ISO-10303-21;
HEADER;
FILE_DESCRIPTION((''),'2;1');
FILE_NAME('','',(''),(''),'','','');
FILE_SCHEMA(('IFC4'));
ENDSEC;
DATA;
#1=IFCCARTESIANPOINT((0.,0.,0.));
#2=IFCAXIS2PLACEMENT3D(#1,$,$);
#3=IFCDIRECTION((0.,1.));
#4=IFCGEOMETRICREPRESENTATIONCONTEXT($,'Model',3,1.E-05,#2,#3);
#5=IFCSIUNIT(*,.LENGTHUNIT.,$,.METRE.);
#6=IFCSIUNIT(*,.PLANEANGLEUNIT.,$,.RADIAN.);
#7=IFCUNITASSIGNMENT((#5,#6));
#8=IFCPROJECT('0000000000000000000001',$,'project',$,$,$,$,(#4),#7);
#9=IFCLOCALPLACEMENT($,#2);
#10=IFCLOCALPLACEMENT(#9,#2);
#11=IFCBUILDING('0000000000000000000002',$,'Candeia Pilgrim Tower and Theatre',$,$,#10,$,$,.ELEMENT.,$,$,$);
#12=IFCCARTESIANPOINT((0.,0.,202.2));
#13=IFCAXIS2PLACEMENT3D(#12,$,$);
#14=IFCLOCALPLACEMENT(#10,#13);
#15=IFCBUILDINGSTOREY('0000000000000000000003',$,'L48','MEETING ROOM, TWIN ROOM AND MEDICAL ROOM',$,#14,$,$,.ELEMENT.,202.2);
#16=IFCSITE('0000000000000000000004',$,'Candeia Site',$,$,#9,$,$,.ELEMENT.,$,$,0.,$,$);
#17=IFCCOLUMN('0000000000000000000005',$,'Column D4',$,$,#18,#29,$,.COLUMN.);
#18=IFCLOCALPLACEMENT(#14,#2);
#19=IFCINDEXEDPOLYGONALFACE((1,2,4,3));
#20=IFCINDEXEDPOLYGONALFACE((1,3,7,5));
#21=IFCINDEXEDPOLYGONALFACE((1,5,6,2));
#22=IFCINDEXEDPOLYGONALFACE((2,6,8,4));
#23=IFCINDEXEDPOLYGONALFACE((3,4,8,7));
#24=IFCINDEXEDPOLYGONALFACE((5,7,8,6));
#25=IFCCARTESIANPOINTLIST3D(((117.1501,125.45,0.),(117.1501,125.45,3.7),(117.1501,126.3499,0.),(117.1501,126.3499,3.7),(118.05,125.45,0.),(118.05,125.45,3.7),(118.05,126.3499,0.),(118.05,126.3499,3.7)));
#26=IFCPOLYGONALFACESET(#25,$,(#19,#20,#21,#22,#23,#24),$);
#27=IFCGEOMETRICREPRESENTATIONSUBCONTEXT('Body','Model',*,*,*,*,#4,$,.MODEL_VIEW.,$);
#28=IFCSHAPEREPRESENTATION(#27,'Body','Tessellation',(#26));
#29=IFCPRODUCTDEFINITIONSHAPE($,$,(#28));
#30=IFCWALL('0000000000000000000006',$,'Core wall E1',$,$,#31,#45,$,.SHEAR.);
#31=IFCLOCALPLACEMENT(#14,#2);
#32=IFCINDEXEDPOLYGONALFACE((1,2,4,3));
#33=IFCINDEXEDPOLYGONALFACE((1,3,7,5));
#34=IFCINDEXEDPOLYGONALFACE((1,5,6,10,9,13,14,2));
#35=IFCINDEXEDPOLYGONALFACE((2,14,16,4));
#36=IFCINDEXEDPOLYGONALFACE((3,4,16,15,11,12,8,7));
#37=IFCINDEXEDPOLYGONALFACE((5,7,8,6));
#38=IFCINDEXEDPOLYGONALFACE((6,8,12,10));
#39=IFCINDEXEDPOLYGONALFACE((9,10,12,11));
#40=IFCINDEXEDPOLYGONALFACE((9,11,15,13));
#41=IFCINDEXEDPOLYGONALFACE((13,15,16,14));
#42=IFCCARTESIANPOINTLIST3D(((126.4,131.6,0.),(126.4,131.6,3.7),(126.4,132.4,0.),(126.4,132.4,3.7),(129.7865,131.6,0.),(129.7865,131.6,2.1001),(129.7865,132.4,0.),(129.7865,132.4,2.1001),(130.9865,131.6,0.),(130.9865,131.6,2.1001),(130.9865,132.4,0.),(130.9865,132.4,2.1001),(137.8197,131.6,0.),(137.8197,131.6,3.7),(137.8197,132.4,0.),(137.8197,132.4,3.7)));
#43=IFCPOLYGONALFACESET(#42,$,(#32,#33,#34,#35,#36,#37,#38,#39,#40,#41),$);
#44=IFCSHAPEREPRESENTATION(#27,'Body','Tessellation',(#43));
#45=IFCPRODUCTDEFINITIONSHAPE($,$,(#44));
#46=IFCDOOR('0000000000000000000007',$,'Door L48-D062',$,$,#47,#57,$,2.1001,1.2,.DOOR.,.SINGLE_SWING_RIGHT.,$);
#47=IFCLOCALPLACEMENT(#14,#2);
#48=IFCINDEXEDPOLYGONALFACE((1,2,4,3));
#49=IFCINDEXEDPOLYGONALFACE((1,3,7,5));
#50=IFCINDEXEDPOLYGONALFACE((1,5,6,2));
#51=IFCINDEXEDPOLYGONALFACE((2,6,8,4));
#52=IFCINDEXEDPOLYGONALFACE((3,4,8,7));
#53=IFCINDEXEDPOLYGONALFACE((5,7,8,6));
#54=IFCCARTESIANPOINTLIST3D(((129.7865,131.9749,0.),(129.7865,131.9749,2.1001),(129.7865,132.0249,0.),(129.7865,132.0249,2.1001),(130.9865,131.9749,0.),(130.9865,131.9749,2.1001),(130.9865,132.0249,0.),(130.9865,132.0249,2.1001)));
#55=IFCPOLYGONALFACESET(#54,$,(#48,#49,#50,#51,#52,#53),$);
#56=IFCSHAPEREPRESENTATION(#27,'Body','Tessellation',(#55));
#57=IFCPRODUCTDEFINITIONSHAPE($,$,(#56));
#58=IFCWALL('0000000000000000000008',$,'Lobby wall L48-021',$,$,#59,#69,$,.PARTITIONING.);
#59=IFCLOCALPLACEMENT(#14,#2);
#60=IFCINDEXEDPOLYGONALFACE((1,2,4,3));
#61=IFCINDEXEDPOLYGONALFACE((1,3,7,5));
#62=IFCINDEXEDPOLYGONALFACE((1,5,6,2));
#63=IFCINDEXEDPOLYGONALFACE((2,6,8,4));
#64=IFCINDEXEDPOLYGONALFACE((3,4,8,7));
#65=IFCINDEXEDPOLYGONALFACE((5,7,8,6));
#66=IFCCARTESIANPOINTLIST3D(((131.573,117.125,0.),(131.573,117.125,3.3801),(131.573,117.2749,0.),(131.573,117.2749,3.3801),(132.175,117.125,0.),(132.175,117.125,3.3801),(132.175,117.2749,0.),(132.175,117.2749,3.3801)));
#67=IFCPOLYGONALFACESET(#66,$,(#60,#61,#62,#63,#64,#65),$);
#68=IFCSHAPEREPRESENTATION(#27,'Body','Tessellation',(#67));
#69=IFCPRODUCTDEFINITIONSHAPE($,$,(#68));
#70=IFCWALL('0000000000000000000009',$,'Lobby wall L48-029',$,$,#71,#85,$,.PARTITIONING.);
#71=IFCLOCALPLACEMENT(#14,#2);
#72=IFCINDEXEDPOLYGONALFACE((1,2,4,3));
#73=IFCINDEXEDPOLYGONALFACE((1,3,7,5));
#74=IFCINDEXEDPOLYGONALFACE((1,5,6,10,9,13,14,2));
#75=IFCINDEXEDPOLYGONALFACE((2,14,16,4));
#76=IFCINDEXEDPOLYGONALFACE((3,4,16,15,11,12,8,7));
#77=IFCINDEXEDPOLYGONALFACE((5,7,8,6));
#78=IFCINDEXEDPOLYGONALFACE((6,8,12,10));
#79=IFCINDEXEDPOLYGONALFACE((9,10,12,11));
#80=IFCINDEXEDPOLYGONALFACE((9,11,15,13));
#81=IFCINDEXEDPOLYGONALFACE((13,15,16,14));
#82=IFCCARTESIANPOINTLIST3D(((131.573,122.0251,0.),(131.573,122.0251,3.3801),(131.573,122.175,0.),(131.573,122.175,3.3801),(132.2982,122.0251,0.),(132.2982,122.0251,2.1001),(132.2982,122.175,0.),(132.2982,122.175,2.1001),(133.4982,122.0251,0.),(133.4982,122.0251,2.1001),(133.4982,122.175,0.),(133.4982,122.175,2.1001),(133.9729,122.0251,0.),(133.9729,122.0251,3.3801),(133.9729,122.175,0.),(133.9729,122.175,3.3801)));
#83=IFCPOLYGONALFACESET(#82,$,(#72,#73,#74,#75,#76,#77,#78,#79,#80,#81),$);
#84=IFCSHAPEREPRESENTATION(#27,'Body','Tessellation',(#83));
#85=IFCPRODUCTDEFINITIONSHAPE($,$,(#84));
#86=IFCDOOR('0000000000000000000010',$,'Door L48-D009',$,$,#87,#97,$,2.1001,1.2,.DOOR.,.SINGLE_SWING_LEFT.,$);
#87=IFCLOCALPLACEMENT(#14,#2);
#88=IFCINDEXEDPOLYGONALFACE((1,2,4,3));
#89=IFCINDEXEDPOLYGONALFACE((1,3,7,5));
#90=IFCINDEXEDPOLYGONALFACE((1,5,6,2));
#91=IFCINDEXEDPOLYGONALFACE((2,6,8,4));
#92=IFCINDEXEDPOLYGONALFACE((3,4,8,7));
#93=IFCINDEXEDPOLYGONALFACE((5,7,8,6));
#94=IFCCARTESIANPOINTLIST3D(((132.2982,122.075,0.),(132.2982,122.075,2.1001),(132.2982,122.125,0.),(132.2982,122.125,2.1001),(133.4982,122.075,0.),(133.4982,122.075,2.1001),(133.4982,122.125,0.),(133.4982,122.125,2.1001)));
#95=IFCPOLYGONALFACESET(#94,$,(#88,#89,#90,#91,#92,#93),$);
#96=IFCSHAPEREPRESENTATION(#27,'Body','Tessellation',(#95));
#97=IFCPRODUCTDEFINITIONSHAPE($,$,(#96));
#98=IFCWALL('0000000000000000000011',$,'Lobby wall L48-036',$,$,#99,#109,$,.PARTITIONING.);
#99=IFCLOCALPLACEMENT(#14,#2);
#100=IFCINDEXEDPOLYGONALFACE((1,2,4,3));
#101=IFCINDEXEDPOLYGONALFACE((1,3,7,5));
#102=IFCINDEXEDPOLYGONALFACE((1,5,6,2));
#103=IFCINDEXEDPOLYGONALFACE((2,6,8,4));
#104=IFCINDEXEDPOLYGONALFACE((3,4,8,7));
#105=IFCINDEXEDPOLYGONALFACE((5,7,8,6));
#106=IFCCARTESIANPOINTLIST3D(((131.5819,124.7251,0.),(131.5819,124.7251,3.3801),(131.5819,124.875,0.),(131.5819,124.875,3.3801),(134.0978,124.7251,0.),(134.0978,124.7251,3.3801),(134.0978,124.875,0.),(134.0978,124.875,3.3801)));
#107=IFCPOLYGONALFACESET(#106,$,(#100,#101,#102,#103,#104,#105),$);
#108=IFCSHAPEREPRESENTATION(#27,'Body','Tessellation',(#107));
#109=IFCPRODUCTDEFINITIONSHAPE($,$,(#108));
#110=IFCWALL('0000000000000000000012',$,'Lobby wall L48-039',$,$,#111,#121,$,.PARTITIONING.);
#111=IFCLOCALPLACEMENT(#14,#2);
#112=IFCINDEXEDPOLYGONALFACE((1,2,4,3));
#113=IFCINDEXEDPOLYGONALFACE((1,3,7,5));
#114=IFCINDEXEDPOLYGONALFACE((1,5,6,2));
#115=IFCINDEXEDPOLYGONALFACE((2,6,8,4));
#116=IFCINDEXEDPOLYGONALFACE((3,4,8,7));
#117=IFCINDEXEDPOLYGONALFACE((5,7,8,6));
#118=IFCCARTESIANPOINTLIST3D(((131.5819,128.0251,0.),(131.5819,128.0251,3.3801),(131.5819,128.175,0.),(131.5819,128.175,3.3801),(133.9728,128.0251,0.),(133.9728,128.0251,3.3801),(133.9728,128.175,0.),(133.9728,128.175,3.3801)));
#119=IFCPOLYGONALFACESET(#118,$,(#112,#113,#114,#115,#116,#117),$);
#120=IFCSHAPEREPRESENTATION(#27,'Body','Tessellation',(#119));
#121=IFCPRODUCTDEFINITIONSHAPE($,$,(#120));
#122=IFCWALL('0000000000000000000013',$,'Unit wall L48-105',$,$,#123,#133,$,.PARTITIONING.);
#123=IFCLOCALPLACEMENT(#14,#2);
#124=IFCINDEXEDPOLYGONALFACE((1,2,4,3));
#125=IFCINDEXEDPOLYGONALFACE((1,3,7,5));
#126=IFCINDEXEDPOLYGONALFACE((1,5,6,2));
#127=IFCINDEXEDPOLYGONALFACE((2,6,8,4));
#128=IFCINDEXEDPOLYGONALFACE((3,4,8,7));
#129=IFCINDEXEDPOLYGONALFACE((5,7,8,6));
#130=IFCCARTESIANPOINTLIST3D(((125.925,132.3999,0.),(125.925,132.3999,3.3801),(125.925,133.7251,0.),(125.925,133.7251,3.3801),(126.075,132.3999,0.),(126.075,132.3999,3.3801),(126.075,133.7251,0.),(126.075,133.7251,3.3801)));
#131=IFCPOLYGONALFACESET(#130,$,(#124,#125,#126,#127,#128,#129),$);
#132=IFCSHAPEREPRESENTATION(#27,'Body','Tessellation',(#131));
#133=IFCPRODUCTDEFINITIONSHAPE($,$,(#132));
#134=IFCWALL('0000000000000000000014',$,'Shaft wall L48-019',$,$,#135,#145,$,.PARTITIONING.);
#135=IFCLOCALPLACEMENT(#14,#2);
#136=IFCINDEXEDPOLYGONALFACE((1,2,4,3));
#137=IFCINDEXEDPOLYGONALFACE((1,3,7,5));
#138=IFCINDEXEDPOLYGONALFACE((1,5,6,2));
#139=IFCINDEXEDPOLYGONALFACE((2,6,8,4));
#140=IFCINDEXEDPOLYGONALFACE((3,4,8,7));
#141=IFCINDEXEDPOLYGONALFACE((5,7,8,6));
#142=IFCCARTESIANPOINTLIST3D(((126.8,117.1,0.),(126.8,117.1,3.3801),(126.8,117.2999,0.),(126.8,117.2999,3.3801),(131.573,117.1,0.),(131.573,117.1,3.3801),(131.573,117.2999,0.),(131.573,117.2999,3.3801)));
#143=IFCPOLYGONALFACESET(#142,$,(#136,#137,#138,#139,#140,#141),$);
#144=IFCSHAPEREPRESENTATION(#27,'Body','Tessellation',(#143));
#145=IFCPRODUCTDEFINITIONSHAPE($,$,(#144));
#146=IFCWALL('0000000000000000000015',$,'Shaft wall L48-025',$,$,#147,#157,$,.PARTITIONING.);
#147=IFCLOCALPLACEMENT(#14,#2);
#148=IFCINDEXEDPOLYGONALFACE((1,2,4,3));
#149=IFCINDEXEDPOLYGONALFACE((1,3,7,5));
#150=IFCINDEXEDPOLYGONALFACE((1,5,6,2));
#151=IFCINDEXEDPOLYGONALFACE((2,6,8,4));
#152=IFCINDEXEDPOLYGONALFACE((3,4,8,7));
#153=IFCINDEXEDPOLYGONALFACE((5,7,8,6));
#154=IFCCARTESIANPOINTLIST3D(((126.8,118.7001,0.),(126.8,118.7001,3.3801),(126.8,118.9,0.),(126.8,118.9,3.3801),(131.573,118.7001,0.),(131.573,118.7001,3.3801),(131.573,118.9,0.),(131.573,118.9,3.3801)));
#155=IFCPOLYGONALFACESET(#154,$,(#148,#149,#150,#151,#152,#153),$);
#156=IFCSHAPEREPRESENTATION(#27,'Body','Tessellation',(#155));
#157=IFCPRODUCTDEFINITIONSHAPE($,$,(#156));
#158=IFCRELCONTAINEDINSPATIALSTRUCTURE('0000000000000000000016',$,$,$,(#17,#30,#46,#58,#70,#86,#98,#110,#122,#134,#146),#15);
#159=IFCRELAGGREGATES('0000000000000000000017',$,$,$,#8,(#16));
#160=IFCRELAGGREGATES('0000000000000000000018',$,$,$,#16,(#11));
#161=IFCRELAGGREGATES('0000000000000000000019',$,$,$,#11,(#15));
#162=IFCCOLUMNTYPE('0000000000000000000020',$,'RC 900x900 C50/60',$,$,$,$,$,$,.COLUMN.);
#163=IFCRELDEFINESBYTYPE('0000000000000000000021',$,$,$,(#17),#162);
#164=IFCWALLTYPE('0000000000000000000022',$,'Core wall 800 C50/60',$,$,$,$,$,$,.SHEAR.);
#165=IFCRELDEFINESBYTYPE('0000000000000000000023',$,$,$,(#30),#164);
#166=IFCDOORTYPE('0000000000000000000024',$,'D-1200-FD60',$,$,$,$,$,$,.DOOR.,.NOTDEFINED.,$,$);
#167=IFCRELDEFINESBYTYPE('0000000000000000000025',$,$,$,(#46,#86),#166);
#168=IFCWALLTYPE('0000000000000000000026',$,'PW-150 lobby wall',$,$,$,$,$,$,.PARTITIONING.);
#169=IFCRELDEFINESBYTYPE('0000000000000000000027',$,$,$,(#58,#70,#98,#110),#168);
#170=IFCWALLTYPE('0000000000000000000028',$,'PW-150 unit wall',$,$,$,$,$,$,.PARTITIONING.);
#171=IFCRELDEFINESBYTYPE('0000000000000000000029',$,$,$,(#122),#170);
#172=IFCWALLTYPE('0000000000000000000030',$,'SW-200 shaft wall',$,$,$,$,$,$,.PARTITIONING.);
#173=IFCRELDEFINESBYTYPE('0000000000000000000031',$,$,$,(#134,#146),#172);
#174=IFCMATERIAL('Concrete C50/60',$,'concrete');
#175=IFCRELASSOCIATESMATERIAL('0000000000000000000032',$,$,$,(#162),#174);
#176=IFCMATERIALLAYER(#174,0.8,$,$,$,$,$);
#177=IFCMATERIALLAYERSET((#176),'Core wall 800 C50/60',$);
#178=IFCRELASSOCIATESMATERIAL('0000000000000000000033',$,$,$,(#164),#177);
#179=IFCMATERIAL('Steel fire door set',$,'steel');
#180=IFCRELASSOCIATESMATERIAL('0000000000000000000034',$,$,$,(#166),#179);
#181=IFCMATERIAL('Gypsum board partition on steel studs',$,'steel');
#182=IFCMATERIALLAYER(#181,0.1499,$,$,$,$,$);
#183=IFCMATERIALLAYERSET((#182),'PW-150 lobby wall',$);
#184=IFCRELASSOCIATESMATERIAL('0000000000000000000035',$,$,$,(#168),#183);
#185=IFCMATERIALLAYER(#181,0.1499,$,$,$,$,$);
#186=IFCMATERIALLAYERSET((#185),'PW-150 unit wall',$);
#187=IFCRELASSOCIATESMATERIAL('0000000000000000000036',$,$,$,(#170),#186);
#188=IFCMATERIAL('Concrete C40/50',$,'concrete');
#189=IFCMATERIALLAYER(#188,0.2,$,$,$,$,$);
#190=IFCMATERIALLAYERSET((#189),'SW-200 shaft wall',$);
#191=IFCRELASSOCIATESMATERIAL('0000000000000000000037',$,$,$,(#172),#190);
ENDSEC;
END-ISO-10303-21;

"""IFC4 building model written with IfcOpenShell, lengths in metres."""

from ifc_helpers import new_model, si_unit, direction, frame, frame_2d, origin, origin_2d, place, context, subcontext, project, spatial, rectangle, extrude, material, layer, layer_set, material_profile, profile_set, type_object, element, fill, save


model = new_model("IFC4")

# Units and contexts
model_context = context("Model", 3, precision=1e-05, world=origin(), true_north=direction((0.0, 1.0)))
body_context = subcontext(model_context, "Body", "Model", "MODEL_VIEW")
ifc_project = project(units=[si_unit("LENGTHUNIT", "METRE"), si_unit("PLANEANGLEUNIT", "RADIAN")], contexts=[model_context])

# Site, building, storey
site_placement = place(None, origin())
site = spatial("IfcSite", under=ifc_project, at=site_placement, Name="Candeia Site", CompositionType="ELEMENT", RefElevation=0.0)
building_placement = place(site_placement, origin())
building = spatial("IfcBuilding", under=site, at=building_placement, Name="Candeia Pilgrim Tower and Theatre", CompositionType="ELEMENT")
storey_placement = place(building_placement, frame((0.0, 0.0, 202.2)))
storey = spatial("IfcBuildingStorey", under=building, at=storey_placement, Name="L48", Description="MEETING ROOM, TWIN ROOM AND MEDICAL ROOM", CompositionType="ELEMENT", Elevation=202.2)

# Column
ifc_material_1 = material(Name="Concrete C50/60", Category="concrete")
ifc_material_profile = material_profile(ifc_material_1, rectangle(XDim=0.8999, YDim=0.8999, at=origin_2d()))
ifc_profile_set = profile_set([ifc_material_profile], Name="Concrete C50/60")
column_type = type_object("IfcColumnType", Name="RC 900x900 C50/60", PredefinedType="COLUMN", material=ifc_profile_set)
column_placement = place(storey_placement, frame((117.6001, 125.8999, 0.0), z_axis=(0.0, 0.0, 1.0), x_axis=(1.0, 0.0, 0.0)))
element("IfcColumn", 1, at=column_placement, inside=storey, type_object=column_type, Name="Column D4", PredefinedType="COLUMN", context=body_context, shape_type="SweptSolid", body=[
    extrude(rectangle(XDim=0.8999, YDim=0.8999, at=origin_2d()), origin(), (0.0, 0.0, 1.0), 3.7),
])

# Wall, opening, door
ifc_layer_1 = layer(ifc_material_1, 0.8)
ifc_layer_set_1 = layer_set([ifc_layer_1], Name="Core wall 800 C50/60")
wall_type_1 = type_object("IfcWallType", Name="Core wall 800 C50/60", PredefinedType="SHEAR", material=ifc_layer_set_1)
wall_1_placement = place(storey_placement, frame((126.3999, 132.0, 0.0), z_axis=(0.0, 0.0, 1.0), x_axis=(1.0, 0.0, 0.0)))
wall_1 = element("IfcWall", 2, at=wall_1_placement, inside=storey, type_object=wall_type_1, Name="Core wall E1", PredefinedType="SHEAR", context=body_context, shape_type="SweptSolid", body=[
    extrude(rectangle(XDim=11.4197, YDim=0.8, at=frame_2d((5.71, 0.0))), origin(), (0.0, 0.0, 1.0), 3.7),
])
opening_1_placement = place(wall_1_placement, frame((3.3865, 0.0, 0.0)))
opening_1 = element("IfcOpeningElement", 3, at=opening_1_placement, cuts=wall_1, PredefinedType="OPENING", context=body_context, shape_type="SweptSolid", body=[
    extrude(rectangle(XDim=1.2, YDim=2.1001, at=frame_2d((0.6001, 1.05))), frame((0.0, 0.4102, 0.0), z_axis=(0.0, -1.0, 0.0), x_axis=(1.0, 0.0, 0.0)), (0.0, 0.0, 1.0), 0.8201),
])
ifc_material_2 = material(Name="Steel fire door set", Category="steel")
door_type_1 = type_object("IfcDoorType", Name="D-1200-FD60", OperationType="NOTDEFINED", PredefinedType="DOOR", material=ifc_material_2)
door_1_placement = place(opening_1_placement, origin())
door_1 = element("IfcDoor", 4, at=door_1_placement, inside=storey, type_object=door_type_1, Name="Door L48-D062", OperationType="SINGLE_SWING_RIGHT", OverallHeight=2.1001, OverallWidth=1.2, PredefinedType="DOOR", context=body_context, shape_type="SweptSolid", body=[
    extrude(rectangle(XDim=1.2, YDim=2.1001, at=frame_2d((0.6001, 1.05))), frame((0.0, 0.0249, 0.0), z_axis=(0.0, -1.0, 0.0), x_axis=(1.0, 0.0, 0.0)), (0.0, 0.0, 1.0), 0.05),
])
fill(opening_1, door_1)

# Wall
ifc_material_3 = material(Name="Gypsum board partition on steel studs", Category="steel")
ifc_layer_2 = layer(ifc_material_3, 0.1499)
ifc_layer_set_2 = layer_set([ifc_layer_2], Name="PW-150 lobby wall")
wall_type_2 = type_object("IfcWallType", Name="PW-150 lobby wall", PredefinedType="PARTITIONING", material=ifc_layer_set_2)
wall_2_placement = place(storey_placement, frame((131.573, 117.2, 0.0), z_axis=(0.0, 0.0, 1.0), x_axis=(1.0, 0.0, 0.0)))
element("IfcWall", 5, at=wall_2_placement, inside=storey, type_object=wall_type_2, Name="Lobby wall L48-021", PredefinedType="PARTITIONING", context=body_context, shape_type="SweptSolid", body=[
    extrude(rectangle(XDim=0.6021, YDim=0.1499, at=frame_2d((0.301, 0.0))), origin(), (0.0, 0.0, 1.0), 3.3801),
])

# Wall, opening, door
wall_3_placement = place(storey_placement, frame((131.573, 122.1001, 0.0), z_axis=(0.0, 0.0, 1.0), x_axis=(1.0, 0.0, 0.0)))
wall_3 = element("IfcWall", 6, at=wall_3_placement, inside=storey, type_object=wall_type_2, Name="Lobby wall L48-029", PredefinedType="PARTITIONING", context=body_context, shape_type="SweptSolid", body=[
    extrude(rectangle(XDim=2.3999, YDim=0.1499, at=frame_2d((1.2, 0.0))), origin(), (0.0, 0.0, 1.0), 3.3801),
])
opening_2_placement = place(wall_3_placement, frame((0.7251, 0.0, 0.0)))
opening_2 = element("IfcOpeningElement", 7, at=opening_2_placement, cuts=wall_3, PredefinedType="OPENING", context=body_context, shape_type="SweptSolid", body=[
    extrude(rectangle(XDim=1.2, YDim=2.1001, at=frame_2d((0.6001, 1.05))), frame((0.0, 0.085, 0.0), z_axis=(0.0, -1.0, 0.0), x_axis=(1.0, 0.0, 0.0)), (0.0, 0.0, 1.0), 0.1699),
])
door_2_placement = place(opening_2_placement, origin())
door_2 = element("IfcDoor", 8, at=door_2_placement, inside=storey, type_object=door_type_1, Name="Door L48-D009", OperationType="SINGLE_SWING_LEFT", OverallHeight=2.1001, OverallWidth=1.2, PredefinedType="DOOR", context=body_context, shape_type="SweptSolid", body=[
    extrude(rectangle(XDim=1.2, YDim=2.1001, at=frame_2d((0.6001, 1.05))), frame((0.0, 0.0249, 0.0), z_axis=(0.0, -1.0, 0.0), x_axis=(1.0, 0.0, 0.0)), (0.0, 0.0, 1.0), 0.05),
])
fill(opening_2, door_2)

# Walls
wall_4_placement = place(storey_placement, frame((131.582, 124.8, 0.0), z_axis=(0.0, 0.0, 1.0), x_axis=(1.0, 0.0, 0.0)))
element("IfcWall", 9, at=wall_4_placement, inside=storey, type_object=wall_type_2, Name="Lobby wall L48-036", PredefinedType="PARTITIONING", context=body_context, shape_type="SweptSolid", body=[
    extrude(rectangle(XDim=2.5159, YDim=0.1499, at=frame_2d((1.2578, 0.0))), origin(), (0.0, 0.0, 1.0), 3.3801),
])
wall_5_placement = place(storey_placement, frame((131.582, 128.1001, 0.0), z_axis=(0.0, 0.0, 1.0), x_axis=(1.0, 0.0, 0.0)))
element("IfcWall", 10, at=wall_5_placement, inside=storey, type_object=wall_type_2, Name="Lobby wall L48-039", PredefinedType="PARTITIONING", context=body_context, shape_type="SweptSolid", body=[
    extrude(rectangle(XDim=2.3909, YDim=0.1499, at=frame_2d((1.1953, 0.0))), origin(), (0.0, 0.0, 1.0), 3.3801),
])
ifc_layer_3 = layer(ifc_material_3, 0.1499)
ifc_layer_set_3 = layer_set([ifc_layer_3], Name="PW-150 unit wall")
wall_type_3 = type_object("IfcWallType", Name="PW-150 unit wall", PredefinedType="PARTITIONING", material=ifc_layer_set_3)
wall_6_placement = place(storey_placement, frame((126.0, 132.3999, 0.0), z_axis=(0.0, 0.0, 1.0), x_axis=(0.0, 1.0, 0.0)))
element("IfcWall", 11, at=wall_6_placement, inside=storey, type_object=wall_type_3, Name="Unit wall L48-105", PredefinedType="PARTITIONING", context=body_context, shape_type="SweptSolid", body=[
    extrude(rectangle(XDim=1.3252, YDim=0.1499, at=frame_2d((0.6626, 0.0))), origin(), (0.0, 0.0, 1.0), 3.3801),
])
ifc_material_4 = material(Name="Concrete C40/50", Category="concrete")
ifc_layer_4 = layer(ifc_material_4, 0.2)
ifc_layer_set_4 = layer_set([ifc_layer_4], Name="SW-200 shaft wall")
wall_type_4 = type_object("IfcWallType", Name="SW-200 shaft wall", PredefinedType="PARTITIONING", material=ifc_layer_set_4)
for number, where, z_axis, x_axis, name in (
    (12, (126.8, 117.2, 0.0), (0.0, 0.0, 1.0), (1.0, 0.0, 0.0), "Shaft wall L48-019"),
    (13, (126.8, 118.8, 0.0), (0.0, 0.0, 1.0), (1.0, 0.0, 0.0), "Shaft wall L48-025"),
):
    element("IfcWall", number, at=place(storey_placement, frame(where, z_axis=z_axis, x_axis=x_axis)), inside=storey, type_object=wall_type_4, Name=name, PredefinedType="PARTITIONING", context=body_context, shape_type="SweptSolid", body=[
        extrude(rectangle(XDim=4.7729, YDim=0.2, at=frame_2d((2.3865, 0.0))), origin(), (0.0, 0.0, 1.0), 3.3801),
    ])

save(model, "model.ifc")
